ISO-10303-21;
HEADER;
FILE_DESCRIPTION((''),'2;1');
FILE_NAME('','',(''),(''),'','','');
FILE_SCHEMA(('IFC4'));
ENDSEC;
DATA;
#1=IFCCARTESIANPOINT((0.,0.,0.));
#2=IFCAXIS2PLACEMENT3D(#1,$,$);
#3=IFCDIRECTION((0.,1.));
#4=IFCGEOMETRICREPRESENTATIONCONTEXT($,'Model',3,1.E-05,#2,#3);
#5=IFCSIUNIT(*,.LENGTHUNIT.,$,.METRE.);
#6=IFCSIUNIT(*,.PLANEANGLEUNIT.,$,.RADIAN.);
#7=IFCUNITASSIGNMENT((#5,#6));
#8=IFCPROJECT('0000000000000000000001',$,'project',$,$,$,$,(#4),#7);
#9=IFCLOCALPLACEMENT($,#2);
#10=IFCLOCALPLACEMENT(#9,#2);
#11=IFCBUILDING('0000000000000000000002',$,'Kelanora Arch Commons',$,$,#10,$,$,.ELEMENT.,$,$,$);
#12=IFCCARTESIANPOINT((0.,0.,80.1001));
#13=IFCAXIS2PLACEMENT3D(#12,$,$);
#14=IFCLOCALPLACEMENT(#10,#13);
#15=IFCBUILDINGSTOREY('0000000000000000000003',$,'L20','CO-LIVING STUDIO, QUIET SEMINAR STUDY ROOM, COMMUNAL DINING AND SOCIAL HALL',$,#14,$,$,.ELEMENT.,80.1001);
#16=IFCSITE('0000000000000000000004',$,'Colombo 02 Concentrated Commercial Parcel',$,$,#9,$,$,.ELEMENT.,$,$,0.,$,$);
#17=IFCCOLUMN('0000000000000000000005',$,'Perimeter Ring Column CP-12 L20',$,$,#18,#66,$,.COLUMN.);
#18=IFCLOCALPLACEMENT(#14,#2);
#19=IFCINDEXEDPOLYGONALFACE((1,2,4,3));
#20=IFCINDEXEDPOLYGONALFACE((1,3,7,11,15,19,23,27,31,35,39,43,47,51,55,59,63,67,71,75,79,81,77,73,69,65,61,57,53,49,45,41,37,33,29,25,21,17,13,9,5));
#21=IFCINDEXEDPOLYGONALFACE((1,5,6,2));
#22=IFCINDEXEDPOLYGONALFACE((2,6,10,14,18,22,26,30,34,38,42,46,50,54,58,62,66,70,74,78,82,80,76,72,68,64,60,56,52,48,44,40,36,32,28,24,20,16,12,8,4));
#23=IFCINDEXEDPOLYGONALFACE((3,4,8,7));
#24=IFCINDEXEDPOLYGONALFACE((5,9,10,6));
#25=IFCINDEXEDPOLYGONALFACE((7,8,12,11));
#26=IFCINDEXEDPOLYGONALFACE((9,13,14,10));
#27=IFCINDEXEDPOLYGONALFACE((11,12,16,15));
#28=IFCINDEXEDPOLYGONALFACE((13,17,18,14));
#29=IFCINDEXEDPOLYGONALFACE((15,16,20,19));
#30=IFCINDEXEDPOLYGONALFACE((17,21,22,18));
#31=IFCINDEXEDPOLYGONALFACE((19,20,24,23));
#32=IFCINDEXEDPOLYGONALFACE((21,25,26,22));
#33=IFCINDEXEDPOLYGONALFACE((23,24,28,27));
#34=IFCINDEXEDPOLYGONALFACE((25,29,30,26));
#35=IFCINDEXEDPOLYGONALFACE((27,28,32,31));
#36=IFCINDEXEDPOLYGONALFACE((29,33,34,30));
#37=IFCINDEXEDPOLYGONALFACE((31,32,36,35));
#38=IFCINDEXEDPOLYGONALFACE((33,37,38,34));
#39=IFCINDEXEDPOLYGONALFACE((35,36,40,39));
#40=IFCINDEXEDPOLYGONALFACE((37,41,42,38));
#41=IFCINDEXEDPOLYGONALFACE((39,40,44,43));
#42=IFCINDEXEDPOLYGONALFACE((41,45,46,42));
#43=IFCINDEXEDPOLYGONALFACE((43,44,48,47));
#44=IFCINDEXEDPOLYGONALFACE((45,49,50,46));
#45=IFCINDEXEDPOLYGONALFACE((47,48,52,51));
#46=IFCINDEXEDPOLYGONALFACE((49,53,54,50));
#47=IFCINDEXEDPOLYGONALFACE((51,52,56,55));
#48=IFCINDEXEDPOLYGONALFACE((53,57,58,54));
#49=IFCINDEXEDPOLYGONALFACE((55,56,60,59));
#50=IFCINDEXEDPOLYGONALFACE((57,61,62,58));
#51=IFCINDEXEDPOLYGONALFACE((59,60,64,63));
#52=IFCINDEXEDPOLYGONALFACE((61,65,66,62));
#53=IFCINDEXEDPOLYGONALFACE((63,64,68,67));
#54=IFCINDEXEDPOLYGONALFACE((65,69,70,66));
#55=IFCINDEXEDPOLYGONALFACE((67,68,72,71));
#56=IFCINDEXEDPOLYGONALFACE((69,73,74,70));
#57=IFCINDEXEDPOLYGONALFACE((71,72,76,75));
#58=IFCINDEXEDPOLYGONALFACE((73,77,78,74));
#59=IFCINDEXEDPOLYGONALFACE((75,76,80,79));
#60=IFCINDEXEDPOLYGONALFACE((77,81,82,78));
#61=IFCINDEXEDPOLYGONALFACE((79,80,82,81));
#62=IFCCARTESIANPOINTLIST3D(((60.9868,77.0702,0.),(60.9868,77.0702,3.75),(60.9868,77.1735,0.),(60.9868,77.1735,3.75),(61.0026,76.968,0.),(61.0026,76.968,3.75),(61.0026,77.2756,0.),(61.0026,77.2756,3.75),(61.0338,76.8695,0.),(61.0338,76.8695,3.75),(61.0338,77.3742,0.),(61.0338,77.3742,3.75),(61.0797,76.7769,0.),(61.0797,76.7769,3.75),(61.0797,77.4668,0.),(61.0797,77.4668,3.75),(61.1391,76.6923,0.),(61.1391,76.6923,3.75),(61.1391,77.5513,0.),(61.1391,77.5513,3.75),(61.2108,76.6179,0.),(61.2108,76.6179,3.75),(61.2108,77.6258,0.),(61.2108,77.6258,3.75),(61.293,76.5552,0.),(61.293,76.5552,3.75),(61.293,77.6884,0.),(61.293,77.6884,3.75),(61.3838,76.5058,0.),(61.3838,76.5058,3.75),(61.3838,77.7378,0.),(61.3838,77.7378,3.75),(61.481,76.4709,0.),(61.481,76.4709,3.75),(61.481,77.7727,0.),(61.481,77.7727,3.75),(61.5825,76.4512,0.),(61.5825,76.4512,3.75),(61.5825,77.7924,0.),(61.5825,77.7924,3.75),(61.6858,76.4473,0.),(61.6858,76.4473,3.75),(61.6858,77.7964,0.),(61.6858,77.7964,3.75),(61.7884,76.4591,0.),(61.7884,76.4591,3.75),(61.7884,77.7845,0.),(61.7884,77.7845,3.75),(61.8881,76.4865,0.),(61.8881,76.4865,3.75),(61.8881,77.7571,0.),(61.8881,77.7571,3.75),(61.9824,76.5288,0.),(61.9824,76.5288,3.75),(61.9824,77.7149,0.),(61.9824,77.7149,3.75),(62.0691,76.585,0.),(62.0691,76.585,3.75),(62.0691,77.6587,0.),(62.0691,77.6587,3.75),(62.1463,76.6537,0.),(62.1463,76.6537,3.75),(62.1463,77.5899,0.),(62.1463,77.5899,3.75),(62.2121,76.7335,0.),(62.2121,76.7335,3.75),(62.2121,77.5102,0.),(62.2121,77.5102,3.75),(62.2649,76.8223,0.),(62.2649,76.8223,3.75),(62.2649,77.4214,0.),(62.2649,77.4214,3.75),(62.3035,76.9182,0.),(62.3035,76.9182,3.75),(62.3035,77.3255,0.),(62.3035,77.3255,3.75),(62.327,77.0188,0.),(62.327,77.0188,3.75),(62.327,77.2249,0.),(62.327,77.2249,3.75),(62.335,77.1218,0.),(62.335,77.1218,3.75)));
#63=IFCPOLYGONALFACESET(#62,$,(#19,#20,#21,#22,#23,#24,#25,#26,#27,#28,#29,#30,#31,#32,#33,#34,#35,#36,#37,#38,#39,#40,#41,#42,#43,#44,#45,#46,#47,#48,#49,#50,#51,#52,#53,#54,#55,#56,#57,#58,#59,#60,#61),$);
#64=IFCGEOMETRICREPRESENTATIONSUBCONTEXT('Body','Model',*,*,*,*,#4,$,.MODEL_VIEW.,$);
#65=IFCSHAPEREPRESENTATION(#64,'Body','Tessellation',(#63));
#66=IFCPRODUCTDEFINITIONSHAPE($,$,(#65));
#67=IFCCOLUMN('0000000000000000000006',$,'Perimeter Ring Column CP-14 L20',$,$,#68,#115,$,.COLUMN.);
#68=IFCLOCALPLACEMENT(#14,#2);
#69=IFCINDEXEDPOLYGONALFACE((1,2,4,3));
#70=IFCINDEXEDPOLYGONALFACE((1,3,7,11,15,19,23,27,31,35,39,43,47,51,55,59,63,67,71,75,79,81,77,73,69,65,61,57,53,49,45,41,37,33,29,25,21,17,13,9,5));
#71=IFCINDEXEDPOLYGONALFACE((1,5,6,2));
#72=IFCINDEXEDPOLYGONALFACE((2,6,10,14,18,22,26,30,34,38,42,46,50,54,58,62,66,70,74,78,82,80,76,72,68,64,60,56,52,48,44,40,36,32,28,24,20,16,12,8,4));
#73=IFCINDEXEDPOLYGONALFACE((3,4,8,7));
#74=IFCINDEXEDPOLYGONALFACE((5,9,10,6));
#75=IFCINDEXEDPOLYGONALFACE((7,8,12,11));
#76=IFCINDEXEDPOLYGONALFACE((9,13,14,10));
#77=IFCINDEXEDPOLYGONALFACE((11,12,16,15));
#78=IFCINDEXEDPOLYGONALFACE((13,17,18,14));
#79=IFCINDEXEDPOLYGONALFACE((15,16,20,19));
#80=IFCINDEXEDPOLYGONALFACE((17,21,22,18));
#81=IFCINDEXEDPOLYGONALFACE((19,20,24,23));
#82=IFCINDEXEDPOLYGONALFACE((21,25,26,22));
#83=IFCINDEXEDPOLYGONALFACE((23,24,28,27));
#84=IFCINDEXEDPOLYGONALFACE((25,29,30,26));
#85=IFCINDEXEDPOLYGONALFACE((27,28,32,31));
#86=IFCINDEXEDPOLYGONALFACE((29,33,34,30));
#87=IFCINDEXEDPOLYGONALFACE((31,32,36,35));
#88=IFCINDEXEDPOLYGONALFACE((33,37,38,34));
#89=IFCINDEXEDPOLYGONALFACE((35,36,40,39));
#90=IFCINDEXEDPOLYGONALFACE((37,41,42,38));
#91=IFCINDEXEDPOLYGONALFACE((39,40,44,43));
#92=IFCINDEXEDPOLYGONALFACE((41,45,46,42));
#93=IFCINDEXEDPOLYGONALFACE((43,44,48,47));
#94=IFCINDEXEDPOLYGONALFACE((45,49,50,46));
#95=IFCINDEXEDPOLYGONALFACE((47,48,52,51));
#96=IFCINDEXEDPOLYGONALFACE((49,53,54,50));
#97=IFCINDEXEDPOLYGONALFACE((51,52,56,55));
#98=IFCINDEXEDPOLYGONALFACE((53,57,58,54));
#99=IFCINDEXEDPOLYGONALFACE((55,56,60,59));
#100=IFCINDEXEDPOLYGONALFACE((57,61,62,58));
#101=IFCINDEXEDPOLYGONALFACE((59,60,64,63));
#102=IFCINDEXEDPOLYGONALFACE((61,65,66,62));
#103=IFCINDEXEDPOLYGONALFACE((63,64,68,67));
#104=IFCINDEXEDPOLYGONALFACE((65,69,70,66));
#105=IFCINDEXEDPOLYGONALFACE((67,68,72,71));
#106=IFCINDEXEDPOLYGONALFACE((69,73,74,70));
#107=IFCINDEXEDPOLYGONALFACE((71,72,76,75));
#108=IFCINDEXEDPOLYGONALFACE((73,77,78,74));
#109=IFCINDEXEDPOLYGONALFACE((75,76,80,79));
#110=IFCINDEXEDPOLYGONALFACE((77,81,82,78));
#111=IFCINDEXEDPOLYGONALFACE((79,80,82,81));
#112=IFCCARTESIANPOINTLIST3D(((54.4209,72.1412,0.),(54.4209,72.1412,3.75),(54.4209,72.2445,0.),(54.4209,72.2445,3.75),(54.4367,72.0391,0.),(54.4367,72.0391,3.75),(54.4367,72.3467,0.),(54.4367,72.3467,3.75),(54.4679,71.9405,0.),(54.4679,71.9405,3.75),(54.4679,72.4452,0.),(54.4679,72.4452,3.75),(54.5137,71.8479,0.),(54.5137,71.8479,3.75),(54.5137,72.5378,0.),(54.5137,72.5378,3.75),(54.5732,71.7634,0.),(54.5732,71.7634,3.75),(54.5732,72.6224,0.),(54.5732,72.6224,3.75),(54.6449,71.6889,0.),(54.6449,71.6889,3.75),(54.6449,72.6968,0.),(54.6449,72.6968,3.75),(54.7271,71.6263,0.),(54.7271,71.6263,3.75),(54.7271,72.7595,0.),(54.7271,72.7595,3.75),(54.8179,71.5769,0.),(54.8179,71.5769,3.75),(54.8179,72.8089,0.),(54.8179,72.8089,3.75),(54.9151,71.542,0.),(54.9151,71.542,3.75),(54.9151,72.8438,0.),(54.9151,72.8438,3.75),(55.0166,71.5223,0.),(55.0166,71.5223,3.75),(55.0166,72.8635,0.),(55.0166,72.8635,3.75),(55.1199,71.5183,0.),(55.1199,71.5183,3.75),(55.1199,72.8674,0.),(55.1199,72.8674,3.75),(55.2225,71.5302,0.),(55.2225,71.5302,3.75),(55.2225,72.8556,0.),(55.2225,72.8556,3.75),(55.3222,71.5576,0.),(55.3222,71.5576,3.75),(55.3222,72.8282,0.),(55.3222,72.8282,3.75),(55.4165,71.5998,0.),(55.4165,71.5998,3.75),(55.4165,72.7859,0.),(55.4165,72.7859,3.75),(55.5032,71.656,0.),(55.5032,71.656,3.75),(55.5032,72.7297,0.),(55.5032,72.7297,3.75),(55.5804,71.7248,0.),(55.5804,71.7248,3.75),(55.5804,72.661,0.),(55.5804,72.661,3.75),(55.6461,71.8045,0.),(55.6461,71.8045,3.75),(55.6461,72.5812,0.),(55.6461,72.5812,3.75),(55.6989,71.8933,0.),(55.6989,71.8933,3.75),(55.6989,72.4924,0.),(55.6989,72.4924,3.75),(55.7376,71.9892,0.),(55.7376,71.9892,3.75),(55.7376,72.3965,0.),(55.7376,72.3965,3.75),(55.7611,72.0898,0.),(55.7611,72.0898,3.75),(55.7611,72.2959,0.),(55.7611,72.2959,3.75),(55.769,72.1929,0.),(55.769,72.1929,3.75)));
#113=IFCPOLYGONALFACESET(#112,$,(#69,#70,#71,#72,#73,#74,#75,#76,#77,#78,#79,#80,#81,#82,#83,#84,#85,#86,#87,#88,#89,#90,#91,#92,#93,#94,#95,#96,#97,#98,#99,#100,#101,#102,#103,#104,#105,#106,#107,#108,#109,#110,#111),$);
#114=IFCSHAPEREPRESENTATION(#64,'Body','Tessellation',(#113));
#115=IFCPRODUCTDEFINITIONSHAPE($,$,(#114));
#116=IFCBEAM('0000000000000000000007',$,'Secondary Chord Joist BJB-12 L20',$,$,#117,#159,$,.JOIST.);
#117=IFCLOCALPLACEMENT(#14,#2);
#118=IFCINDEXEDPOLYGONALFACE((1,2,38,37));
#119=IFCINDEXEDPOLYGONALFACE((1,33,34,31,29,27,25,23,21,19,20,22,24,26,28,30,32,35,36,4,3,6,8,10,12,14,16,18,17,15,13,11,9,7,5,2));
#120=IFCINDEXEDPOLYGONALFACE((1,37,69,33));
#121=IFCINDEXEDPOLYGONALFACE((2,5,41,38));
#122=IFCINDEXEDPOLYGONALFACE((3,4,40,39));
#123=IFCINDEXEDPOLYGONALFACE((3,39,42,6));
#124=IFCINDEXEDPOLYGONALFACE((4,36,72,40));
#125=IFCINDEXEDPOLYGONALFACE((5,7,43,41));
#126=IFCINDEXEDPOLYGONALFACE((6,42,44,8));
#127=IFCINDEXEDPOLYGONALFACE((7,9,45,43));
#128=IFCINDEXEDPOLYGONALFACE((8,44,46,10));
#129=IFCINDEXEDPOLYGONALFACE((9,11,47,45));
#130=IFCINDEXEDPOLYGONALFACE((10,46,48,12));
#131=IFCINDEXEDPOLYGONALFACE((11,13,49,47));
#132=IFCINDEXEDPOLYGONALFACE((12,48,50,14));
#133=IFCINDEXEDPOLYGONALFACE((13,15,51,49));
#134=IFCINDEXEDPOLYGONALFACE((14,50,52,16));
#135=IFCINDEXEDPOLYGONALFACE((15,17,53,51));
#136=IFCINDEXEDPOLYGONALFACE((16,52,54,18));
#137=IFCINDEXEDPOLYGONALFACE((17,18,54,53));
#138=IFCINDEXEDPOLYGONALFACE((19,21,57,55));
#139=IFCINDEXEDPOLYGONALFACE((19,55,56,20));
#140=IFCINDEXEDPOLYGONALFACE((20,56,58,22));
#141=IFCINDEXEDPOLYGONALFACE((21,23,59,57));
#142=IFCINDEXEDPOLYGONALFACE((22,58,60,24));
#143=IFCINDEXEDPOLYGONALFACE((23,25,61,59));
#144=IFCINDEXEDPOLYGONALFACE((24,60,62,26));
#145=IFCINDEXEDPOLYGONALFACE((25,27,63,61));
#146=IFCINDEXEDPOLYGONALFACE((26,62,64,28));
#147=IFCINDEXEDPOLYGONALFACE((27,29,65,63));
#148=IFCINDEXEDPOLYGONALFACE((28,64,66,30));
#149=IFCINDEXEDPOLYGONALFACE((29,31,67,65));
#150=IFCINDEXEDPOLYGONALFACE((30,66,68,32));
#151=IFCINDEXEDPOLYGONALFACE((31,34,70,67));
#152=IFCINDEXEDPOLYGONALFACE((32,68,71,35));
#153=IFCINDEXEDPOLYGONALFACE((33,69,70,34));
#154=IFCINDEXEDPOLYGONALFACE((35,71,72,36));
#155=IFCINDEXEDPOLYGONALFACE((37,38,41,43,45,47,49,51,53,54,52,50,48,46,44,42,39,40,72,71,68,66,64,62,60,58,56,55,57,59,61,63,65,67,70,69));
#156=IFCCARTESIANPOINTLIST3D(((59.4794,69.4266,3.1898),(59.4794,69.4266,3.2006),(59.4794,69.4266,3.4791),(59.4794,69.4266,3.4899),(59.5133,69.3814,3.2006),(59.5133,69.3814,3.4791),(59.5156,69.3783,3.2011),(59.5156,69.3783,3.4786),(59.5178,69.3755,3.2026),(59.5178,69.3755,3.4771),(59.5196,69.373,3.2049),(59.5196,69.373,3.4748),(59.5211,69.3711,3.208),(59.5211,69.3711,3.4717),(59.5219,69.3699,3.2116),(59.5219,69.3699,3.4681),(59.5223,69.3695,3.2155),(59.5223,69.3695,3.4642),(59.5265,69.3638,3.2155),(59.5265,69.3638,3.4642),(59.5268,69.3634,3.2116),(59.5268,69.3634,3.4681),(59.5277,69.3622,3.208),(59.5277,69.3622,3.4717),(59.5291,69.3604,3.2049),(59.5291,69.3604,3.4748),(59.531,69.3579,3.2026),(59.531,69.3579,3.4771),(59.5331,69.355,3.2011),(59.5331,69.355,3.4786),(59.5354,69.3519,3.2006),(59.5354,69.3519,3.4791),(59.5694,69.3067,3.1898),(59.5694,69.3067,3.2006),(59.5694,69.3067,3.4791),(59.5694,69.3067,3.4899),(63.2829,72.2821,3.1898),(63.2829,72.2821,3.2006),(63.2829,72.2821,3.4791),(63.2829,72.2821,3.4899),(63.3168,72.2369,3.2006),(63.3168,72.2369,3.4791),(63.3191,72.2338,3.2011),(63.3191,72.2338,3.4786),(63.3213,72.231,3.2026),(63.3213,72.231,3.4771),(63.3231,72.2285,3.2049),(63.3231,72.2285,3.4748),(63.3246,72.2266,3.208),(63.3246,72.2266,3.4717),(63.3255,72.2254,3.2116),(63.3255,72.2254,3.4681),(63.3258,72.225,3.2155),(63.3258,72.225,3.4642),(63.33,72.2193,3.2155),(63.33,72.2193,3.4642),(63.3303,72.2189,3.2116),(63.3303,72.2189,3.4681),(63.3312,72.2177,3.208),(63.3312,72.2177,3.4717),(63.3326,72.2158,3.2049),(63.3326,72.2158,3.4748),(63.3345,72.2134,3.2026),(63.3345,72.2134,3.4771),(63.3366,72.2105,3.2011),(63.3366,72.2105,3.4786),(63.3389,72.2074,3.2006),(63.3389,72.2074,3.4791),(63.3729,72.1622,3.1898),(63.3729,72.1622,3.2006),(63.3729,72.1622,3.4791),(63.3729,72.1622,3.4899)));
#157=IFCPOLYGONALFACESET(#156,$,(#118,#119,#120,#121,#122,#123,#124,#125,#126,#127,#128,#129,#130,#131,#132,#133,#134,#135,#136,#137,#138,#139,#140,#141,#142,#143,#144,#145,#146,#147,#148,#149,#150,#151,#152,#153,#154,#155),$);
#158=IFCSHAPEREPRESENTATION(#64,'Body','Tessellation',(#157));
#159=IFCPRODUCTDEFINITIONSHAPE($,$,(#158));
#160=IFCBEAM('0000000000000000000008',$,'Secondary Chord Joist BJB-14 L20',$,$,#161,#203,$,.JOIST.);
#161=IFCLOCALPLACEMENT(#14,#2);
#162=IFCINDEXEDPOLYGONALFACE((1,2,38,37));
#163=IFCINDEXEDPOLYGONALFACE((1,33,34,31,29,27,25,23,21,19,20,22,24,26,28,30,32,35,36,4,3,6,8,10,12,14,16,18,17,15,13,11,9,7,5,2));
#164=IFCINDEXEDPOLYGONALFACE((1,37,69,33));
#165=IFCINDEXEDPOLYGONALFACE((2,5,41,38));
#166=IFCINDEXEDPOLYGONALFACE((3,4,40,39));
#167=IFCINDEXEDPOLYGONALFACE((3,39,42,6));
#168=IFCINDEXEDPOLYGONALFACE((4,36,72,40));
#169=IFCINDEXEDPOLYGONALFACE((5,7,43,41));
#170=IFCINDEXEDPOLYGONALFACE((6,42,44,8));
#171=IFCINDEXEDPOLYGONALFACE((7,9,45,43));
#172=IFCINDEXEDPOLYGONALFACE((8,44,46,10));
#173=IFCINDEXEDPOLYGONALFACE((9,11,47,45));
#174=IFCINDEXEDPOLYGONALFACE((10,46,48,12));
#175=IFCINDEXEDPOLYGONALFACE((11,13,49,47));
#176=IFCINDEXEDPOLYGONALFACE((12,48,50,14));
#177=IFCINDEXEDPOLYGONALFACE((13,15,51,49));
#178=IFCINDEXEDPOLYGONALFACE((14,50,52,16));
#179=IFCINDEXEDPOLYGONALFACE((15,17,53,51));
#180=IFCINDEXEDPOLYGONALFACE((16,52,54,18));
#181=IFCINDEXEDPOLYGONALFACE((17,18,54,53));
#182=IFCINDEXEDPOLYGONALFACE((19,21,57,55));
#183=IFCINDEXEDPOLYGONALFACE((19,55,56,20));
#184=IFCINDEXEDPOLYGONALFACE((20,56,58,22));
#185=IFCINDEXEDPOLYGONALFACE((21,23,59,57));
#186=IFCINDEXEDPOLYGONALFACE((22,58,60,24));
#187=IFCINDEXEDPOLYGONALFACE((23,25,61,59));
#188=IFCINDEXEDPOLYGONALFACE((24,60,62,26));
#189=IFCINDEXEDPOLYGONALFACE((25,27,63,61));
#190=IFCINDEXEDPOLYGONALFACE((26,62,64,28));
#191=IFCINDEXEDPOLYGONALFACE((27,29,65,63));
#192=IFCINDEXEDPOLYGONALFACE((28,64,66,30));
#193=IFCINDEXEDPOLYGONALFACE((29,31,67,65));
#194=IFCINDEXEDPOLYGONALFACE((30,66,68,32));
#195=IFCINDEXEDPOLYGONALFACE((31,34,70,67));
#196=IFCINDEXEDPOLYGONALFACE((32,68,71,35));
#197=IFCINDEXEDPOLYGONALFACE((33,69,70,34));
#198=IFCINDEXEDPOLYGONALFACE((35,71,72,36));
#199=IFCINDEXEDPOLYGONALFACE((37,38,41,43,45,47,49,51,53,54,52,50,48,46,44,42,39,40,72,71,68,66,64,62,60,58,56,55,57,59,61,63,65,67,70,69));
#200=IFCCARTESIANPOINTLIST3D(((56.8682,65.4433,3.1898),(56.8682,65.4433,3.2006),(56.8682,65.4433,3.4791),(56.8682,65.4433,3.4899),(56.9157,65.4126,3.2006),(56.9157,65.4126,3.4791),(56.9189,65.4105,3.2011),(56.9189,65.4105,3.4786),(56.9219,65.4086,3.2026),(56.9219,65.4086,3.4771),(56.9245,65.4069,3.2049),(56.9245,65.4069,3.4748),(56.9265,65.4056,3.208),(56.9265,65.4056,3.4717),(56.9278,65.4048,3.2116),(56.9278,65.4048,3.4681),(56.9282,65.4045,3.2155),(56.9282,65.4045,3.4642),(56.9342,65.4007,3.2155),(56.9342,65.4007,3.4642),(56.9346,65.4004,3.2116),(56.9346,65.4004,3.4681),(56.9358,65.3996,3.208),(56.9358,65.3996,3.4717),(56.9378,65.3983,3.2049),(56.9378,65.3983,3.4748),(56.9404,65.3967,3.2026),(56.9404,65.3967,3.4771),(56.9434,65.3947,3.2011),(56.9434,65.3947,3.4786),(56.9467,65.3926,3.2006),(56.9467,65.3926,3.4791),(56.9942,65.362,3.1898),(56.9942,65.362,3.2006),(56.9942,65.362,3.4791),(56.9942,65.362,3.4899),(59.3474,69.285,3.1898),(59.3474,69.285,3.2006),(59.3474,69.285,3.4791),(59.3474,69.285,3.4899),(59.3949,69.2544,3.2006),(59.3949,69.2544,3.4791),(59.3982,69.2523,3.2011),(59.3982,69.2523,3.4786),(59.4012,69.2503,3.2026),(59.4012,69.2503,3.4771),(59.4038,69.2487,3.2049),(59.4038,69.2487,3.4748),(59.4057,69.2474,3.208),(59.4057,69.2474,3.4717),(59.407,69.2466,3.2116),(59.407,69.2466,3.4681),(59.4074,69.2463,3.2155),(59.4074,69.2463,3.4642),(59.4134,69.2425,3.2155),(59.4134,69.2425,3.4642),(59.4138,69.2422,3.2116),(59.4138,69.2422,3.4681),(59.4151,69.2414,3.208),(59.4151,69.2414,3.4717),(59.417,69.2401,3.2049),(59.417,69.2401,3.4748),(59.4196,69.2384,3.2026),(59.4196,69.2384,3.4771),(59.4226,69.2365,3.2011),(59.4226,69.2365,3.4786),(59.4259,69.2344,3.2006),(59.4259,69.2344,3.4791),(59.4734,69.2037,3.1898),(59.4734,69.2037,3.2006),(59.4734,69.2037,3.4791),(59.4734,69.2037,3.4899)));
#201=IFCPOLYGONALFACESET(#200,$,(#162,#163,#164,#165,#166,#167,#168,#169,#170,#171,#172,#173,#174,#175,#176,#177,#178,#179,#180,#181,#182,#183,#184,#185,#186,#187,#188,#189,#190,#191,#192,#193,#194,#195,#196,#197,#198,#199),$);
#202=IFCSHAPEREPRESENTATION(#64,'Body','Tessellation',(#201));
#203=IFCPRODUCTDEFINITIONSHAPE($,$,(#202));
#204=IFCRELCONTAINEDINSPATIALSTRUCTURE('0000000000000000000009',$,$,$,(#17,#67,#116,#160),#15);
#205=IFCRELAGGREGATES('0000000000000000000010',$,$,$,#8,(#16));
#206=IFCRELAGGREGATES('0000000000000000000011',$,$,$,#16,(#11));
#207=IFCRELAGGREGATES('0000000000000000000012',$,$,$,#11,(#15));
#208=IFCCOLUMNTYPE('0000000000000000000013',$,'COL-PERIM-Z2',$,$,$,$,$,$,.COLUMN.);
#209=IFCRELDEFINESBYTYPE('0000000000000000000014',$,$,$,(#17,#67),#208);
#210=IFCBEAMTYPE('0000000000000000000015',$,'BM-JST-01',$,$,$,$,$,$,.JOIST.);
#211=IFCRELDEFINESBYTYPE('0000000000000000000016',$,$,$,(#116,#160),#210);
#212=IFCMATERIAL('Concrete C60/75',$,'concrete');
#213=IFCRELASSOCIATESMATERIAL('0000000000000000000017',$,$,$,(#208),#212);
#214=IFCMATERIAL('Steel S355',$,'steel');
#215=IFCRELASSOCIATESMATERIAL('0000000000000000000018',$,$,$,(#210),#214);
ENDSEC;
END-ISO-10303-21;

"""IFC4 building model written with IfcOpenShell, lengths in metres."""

from ifc_helpers import new_model, si_unit, direction, frame, origin, origin_2d, place, context, subcontext, project, spatial, circle, i_section, extrude, material, material_profile, profile_set, type_object, element, save


model = new_model("IFC4")

# Units and contexts
model_context = context("Model", 3, precision=1e-05, world=origin(), true_north=direction((0.0, 1.0)))
body_context = subcontext(model_context, "Body", "Model", "MODEL_VIEW")
ifc_project = project(units=[si_unit("LENGTHUNIT", "METRE"), si_unit("PLANEANGLEUNIT", "RADIAN")], contexts=[model_context])

# Site, building, storey
site_placement = place(None, origin())
site = spatial("IfcSite", under=ifc_project, at=site_placement, Name="Colombo 02 Concentrated Commercial Parcel", CompositionType="ELEMENT", RefElevation=0.0)
building_placement = place(site_placement, origin())
building = spatial("IfcBuilding", under=site, at=building_placement, Name="Kelanora Arch Commons", CompositionType="ELEMENT")
storey_placement = place(building_placement, frame((0.0, 0.0, 80.1001)))
storey = spatial("IfcBuildingStorey", under=building, at=storey_placement, Name="L20", Description="CO-LIVING STUDIO, QUIET SEMINAR STUDY ROOM, COMMUNAL DINING AND SOCIAL HALL", CompositionType="ELEMENT", Elevation=80.1001)

# Columns
ifc_material_1 = material(Name="Concrete C60/75", Category="concrete")
ifc_material_profile_1 = material_profile(ifc_material_1, circle(Radius=0.675, at=origin_2d()), Name="RCC1350")
ifc_profile_set_1 = profile_set([ifc_material_profile_1], Name="Concrete C60/75")
column_type = type_object("IfcColumnType", Name="COL-PERIM-Z2", PredefinedType="COLUMN", material=ifc_profile_set_1)
for number, where, z_axis, x_axis, name in (
    (1, (61.6599, 77.1218, 0.0), (0.0, 0.0, 1.0), (1.0, 0.0, 0.0), "Perimeter Ring Column CP-12 L20"),
    (2, (55.094, 72.1929, 0.0), (0.0, 0.0, 1.0), (1.0, 0.0, 0.0), "Perimeter Ring Column CP-14 L20"),
):
    element("IfcColumn", number, at=place(storey_placement, frame(where, z_axis=z_axis, x_axis=x_axis)), inside=storey, type_object=column_type, Name=name, PredefinedType="COLUMN", context=body_context, shape_type="SweptSolid", body=[
        extrude(circle(Radius=0.675, at=origin_2d()), origin(), (0.0, 0.0, 1.0), 3.75),
    ])

# Beams
ifc_material_2 = material(Name="Steel S355", Category="steel")
ifc_material_profile_2 = material_profile(ifc_material_2, i_section(OverallWidth=0.1499, OverallDepth=0.3, WebThickness=0.0071, FlangeThickness=0.0107, FilletRadius=0.0149, at=origin_2d()), Name="IPE300")
ifc_profile_set_2 = profile_set([ifc_material_profile_2], Name="Steel S355")
beam_type_1 = type_object("IfcBeamType", Name="BM-JST-01", PredefinedType="JOIST", material=ifc_profile_set_2)
beam_1_placement = place(storey_placement, frame((63.3279, 72.2222, 3.3398), z_axis=(-0.79971, -0.600386, 0.0), x_axis=(0.600386, -0.79971, 0.0)))
element("IfcBeam", 3, at=beam_1_placement, inside=storey, type_object=beam_type_1, Name="Secondary Chord Joist BJB-12 L20", PredefinedType="JOIST", context=body_context, shape_type="SweptSolid", body=[
    extrude(i_section(OverallWidth=0.1499, OverallDepth=0.3, WebThickness=0.0071, FlangeThickness=0.0107, FilletRadius=0.0149, at=origin_2d()), origin(), (0.0, 0.0, 1.0), 4.7561),
])
beam_2_placement = place(storey_placement, frame((59.4104, 69.2444, 3.3398), z_axis=(-0.54223, -0.84023, 0.0), x_axis=(0.84023, -0.54223, 0.0)))
element("IfcBeam", 4, at=beam_2_placement, inside=storey, type_object=beam_type_1, Name="Secondary Chord Joist BJB-14 L20", PredefinedType="JOIST", context=body_context, shape_type="SweptSolid", body=[
    extrude(i_section(OverallWidth=0.1499, OverallDepth=0.3, WebThickness=0.0071, FlangeThickness=0.0107, FilletRadius=0.0149, at=origin_2d()), origin(), (0.0, 0.0, 1.0), 4.5723),
])

save(model, "model.ifc")
